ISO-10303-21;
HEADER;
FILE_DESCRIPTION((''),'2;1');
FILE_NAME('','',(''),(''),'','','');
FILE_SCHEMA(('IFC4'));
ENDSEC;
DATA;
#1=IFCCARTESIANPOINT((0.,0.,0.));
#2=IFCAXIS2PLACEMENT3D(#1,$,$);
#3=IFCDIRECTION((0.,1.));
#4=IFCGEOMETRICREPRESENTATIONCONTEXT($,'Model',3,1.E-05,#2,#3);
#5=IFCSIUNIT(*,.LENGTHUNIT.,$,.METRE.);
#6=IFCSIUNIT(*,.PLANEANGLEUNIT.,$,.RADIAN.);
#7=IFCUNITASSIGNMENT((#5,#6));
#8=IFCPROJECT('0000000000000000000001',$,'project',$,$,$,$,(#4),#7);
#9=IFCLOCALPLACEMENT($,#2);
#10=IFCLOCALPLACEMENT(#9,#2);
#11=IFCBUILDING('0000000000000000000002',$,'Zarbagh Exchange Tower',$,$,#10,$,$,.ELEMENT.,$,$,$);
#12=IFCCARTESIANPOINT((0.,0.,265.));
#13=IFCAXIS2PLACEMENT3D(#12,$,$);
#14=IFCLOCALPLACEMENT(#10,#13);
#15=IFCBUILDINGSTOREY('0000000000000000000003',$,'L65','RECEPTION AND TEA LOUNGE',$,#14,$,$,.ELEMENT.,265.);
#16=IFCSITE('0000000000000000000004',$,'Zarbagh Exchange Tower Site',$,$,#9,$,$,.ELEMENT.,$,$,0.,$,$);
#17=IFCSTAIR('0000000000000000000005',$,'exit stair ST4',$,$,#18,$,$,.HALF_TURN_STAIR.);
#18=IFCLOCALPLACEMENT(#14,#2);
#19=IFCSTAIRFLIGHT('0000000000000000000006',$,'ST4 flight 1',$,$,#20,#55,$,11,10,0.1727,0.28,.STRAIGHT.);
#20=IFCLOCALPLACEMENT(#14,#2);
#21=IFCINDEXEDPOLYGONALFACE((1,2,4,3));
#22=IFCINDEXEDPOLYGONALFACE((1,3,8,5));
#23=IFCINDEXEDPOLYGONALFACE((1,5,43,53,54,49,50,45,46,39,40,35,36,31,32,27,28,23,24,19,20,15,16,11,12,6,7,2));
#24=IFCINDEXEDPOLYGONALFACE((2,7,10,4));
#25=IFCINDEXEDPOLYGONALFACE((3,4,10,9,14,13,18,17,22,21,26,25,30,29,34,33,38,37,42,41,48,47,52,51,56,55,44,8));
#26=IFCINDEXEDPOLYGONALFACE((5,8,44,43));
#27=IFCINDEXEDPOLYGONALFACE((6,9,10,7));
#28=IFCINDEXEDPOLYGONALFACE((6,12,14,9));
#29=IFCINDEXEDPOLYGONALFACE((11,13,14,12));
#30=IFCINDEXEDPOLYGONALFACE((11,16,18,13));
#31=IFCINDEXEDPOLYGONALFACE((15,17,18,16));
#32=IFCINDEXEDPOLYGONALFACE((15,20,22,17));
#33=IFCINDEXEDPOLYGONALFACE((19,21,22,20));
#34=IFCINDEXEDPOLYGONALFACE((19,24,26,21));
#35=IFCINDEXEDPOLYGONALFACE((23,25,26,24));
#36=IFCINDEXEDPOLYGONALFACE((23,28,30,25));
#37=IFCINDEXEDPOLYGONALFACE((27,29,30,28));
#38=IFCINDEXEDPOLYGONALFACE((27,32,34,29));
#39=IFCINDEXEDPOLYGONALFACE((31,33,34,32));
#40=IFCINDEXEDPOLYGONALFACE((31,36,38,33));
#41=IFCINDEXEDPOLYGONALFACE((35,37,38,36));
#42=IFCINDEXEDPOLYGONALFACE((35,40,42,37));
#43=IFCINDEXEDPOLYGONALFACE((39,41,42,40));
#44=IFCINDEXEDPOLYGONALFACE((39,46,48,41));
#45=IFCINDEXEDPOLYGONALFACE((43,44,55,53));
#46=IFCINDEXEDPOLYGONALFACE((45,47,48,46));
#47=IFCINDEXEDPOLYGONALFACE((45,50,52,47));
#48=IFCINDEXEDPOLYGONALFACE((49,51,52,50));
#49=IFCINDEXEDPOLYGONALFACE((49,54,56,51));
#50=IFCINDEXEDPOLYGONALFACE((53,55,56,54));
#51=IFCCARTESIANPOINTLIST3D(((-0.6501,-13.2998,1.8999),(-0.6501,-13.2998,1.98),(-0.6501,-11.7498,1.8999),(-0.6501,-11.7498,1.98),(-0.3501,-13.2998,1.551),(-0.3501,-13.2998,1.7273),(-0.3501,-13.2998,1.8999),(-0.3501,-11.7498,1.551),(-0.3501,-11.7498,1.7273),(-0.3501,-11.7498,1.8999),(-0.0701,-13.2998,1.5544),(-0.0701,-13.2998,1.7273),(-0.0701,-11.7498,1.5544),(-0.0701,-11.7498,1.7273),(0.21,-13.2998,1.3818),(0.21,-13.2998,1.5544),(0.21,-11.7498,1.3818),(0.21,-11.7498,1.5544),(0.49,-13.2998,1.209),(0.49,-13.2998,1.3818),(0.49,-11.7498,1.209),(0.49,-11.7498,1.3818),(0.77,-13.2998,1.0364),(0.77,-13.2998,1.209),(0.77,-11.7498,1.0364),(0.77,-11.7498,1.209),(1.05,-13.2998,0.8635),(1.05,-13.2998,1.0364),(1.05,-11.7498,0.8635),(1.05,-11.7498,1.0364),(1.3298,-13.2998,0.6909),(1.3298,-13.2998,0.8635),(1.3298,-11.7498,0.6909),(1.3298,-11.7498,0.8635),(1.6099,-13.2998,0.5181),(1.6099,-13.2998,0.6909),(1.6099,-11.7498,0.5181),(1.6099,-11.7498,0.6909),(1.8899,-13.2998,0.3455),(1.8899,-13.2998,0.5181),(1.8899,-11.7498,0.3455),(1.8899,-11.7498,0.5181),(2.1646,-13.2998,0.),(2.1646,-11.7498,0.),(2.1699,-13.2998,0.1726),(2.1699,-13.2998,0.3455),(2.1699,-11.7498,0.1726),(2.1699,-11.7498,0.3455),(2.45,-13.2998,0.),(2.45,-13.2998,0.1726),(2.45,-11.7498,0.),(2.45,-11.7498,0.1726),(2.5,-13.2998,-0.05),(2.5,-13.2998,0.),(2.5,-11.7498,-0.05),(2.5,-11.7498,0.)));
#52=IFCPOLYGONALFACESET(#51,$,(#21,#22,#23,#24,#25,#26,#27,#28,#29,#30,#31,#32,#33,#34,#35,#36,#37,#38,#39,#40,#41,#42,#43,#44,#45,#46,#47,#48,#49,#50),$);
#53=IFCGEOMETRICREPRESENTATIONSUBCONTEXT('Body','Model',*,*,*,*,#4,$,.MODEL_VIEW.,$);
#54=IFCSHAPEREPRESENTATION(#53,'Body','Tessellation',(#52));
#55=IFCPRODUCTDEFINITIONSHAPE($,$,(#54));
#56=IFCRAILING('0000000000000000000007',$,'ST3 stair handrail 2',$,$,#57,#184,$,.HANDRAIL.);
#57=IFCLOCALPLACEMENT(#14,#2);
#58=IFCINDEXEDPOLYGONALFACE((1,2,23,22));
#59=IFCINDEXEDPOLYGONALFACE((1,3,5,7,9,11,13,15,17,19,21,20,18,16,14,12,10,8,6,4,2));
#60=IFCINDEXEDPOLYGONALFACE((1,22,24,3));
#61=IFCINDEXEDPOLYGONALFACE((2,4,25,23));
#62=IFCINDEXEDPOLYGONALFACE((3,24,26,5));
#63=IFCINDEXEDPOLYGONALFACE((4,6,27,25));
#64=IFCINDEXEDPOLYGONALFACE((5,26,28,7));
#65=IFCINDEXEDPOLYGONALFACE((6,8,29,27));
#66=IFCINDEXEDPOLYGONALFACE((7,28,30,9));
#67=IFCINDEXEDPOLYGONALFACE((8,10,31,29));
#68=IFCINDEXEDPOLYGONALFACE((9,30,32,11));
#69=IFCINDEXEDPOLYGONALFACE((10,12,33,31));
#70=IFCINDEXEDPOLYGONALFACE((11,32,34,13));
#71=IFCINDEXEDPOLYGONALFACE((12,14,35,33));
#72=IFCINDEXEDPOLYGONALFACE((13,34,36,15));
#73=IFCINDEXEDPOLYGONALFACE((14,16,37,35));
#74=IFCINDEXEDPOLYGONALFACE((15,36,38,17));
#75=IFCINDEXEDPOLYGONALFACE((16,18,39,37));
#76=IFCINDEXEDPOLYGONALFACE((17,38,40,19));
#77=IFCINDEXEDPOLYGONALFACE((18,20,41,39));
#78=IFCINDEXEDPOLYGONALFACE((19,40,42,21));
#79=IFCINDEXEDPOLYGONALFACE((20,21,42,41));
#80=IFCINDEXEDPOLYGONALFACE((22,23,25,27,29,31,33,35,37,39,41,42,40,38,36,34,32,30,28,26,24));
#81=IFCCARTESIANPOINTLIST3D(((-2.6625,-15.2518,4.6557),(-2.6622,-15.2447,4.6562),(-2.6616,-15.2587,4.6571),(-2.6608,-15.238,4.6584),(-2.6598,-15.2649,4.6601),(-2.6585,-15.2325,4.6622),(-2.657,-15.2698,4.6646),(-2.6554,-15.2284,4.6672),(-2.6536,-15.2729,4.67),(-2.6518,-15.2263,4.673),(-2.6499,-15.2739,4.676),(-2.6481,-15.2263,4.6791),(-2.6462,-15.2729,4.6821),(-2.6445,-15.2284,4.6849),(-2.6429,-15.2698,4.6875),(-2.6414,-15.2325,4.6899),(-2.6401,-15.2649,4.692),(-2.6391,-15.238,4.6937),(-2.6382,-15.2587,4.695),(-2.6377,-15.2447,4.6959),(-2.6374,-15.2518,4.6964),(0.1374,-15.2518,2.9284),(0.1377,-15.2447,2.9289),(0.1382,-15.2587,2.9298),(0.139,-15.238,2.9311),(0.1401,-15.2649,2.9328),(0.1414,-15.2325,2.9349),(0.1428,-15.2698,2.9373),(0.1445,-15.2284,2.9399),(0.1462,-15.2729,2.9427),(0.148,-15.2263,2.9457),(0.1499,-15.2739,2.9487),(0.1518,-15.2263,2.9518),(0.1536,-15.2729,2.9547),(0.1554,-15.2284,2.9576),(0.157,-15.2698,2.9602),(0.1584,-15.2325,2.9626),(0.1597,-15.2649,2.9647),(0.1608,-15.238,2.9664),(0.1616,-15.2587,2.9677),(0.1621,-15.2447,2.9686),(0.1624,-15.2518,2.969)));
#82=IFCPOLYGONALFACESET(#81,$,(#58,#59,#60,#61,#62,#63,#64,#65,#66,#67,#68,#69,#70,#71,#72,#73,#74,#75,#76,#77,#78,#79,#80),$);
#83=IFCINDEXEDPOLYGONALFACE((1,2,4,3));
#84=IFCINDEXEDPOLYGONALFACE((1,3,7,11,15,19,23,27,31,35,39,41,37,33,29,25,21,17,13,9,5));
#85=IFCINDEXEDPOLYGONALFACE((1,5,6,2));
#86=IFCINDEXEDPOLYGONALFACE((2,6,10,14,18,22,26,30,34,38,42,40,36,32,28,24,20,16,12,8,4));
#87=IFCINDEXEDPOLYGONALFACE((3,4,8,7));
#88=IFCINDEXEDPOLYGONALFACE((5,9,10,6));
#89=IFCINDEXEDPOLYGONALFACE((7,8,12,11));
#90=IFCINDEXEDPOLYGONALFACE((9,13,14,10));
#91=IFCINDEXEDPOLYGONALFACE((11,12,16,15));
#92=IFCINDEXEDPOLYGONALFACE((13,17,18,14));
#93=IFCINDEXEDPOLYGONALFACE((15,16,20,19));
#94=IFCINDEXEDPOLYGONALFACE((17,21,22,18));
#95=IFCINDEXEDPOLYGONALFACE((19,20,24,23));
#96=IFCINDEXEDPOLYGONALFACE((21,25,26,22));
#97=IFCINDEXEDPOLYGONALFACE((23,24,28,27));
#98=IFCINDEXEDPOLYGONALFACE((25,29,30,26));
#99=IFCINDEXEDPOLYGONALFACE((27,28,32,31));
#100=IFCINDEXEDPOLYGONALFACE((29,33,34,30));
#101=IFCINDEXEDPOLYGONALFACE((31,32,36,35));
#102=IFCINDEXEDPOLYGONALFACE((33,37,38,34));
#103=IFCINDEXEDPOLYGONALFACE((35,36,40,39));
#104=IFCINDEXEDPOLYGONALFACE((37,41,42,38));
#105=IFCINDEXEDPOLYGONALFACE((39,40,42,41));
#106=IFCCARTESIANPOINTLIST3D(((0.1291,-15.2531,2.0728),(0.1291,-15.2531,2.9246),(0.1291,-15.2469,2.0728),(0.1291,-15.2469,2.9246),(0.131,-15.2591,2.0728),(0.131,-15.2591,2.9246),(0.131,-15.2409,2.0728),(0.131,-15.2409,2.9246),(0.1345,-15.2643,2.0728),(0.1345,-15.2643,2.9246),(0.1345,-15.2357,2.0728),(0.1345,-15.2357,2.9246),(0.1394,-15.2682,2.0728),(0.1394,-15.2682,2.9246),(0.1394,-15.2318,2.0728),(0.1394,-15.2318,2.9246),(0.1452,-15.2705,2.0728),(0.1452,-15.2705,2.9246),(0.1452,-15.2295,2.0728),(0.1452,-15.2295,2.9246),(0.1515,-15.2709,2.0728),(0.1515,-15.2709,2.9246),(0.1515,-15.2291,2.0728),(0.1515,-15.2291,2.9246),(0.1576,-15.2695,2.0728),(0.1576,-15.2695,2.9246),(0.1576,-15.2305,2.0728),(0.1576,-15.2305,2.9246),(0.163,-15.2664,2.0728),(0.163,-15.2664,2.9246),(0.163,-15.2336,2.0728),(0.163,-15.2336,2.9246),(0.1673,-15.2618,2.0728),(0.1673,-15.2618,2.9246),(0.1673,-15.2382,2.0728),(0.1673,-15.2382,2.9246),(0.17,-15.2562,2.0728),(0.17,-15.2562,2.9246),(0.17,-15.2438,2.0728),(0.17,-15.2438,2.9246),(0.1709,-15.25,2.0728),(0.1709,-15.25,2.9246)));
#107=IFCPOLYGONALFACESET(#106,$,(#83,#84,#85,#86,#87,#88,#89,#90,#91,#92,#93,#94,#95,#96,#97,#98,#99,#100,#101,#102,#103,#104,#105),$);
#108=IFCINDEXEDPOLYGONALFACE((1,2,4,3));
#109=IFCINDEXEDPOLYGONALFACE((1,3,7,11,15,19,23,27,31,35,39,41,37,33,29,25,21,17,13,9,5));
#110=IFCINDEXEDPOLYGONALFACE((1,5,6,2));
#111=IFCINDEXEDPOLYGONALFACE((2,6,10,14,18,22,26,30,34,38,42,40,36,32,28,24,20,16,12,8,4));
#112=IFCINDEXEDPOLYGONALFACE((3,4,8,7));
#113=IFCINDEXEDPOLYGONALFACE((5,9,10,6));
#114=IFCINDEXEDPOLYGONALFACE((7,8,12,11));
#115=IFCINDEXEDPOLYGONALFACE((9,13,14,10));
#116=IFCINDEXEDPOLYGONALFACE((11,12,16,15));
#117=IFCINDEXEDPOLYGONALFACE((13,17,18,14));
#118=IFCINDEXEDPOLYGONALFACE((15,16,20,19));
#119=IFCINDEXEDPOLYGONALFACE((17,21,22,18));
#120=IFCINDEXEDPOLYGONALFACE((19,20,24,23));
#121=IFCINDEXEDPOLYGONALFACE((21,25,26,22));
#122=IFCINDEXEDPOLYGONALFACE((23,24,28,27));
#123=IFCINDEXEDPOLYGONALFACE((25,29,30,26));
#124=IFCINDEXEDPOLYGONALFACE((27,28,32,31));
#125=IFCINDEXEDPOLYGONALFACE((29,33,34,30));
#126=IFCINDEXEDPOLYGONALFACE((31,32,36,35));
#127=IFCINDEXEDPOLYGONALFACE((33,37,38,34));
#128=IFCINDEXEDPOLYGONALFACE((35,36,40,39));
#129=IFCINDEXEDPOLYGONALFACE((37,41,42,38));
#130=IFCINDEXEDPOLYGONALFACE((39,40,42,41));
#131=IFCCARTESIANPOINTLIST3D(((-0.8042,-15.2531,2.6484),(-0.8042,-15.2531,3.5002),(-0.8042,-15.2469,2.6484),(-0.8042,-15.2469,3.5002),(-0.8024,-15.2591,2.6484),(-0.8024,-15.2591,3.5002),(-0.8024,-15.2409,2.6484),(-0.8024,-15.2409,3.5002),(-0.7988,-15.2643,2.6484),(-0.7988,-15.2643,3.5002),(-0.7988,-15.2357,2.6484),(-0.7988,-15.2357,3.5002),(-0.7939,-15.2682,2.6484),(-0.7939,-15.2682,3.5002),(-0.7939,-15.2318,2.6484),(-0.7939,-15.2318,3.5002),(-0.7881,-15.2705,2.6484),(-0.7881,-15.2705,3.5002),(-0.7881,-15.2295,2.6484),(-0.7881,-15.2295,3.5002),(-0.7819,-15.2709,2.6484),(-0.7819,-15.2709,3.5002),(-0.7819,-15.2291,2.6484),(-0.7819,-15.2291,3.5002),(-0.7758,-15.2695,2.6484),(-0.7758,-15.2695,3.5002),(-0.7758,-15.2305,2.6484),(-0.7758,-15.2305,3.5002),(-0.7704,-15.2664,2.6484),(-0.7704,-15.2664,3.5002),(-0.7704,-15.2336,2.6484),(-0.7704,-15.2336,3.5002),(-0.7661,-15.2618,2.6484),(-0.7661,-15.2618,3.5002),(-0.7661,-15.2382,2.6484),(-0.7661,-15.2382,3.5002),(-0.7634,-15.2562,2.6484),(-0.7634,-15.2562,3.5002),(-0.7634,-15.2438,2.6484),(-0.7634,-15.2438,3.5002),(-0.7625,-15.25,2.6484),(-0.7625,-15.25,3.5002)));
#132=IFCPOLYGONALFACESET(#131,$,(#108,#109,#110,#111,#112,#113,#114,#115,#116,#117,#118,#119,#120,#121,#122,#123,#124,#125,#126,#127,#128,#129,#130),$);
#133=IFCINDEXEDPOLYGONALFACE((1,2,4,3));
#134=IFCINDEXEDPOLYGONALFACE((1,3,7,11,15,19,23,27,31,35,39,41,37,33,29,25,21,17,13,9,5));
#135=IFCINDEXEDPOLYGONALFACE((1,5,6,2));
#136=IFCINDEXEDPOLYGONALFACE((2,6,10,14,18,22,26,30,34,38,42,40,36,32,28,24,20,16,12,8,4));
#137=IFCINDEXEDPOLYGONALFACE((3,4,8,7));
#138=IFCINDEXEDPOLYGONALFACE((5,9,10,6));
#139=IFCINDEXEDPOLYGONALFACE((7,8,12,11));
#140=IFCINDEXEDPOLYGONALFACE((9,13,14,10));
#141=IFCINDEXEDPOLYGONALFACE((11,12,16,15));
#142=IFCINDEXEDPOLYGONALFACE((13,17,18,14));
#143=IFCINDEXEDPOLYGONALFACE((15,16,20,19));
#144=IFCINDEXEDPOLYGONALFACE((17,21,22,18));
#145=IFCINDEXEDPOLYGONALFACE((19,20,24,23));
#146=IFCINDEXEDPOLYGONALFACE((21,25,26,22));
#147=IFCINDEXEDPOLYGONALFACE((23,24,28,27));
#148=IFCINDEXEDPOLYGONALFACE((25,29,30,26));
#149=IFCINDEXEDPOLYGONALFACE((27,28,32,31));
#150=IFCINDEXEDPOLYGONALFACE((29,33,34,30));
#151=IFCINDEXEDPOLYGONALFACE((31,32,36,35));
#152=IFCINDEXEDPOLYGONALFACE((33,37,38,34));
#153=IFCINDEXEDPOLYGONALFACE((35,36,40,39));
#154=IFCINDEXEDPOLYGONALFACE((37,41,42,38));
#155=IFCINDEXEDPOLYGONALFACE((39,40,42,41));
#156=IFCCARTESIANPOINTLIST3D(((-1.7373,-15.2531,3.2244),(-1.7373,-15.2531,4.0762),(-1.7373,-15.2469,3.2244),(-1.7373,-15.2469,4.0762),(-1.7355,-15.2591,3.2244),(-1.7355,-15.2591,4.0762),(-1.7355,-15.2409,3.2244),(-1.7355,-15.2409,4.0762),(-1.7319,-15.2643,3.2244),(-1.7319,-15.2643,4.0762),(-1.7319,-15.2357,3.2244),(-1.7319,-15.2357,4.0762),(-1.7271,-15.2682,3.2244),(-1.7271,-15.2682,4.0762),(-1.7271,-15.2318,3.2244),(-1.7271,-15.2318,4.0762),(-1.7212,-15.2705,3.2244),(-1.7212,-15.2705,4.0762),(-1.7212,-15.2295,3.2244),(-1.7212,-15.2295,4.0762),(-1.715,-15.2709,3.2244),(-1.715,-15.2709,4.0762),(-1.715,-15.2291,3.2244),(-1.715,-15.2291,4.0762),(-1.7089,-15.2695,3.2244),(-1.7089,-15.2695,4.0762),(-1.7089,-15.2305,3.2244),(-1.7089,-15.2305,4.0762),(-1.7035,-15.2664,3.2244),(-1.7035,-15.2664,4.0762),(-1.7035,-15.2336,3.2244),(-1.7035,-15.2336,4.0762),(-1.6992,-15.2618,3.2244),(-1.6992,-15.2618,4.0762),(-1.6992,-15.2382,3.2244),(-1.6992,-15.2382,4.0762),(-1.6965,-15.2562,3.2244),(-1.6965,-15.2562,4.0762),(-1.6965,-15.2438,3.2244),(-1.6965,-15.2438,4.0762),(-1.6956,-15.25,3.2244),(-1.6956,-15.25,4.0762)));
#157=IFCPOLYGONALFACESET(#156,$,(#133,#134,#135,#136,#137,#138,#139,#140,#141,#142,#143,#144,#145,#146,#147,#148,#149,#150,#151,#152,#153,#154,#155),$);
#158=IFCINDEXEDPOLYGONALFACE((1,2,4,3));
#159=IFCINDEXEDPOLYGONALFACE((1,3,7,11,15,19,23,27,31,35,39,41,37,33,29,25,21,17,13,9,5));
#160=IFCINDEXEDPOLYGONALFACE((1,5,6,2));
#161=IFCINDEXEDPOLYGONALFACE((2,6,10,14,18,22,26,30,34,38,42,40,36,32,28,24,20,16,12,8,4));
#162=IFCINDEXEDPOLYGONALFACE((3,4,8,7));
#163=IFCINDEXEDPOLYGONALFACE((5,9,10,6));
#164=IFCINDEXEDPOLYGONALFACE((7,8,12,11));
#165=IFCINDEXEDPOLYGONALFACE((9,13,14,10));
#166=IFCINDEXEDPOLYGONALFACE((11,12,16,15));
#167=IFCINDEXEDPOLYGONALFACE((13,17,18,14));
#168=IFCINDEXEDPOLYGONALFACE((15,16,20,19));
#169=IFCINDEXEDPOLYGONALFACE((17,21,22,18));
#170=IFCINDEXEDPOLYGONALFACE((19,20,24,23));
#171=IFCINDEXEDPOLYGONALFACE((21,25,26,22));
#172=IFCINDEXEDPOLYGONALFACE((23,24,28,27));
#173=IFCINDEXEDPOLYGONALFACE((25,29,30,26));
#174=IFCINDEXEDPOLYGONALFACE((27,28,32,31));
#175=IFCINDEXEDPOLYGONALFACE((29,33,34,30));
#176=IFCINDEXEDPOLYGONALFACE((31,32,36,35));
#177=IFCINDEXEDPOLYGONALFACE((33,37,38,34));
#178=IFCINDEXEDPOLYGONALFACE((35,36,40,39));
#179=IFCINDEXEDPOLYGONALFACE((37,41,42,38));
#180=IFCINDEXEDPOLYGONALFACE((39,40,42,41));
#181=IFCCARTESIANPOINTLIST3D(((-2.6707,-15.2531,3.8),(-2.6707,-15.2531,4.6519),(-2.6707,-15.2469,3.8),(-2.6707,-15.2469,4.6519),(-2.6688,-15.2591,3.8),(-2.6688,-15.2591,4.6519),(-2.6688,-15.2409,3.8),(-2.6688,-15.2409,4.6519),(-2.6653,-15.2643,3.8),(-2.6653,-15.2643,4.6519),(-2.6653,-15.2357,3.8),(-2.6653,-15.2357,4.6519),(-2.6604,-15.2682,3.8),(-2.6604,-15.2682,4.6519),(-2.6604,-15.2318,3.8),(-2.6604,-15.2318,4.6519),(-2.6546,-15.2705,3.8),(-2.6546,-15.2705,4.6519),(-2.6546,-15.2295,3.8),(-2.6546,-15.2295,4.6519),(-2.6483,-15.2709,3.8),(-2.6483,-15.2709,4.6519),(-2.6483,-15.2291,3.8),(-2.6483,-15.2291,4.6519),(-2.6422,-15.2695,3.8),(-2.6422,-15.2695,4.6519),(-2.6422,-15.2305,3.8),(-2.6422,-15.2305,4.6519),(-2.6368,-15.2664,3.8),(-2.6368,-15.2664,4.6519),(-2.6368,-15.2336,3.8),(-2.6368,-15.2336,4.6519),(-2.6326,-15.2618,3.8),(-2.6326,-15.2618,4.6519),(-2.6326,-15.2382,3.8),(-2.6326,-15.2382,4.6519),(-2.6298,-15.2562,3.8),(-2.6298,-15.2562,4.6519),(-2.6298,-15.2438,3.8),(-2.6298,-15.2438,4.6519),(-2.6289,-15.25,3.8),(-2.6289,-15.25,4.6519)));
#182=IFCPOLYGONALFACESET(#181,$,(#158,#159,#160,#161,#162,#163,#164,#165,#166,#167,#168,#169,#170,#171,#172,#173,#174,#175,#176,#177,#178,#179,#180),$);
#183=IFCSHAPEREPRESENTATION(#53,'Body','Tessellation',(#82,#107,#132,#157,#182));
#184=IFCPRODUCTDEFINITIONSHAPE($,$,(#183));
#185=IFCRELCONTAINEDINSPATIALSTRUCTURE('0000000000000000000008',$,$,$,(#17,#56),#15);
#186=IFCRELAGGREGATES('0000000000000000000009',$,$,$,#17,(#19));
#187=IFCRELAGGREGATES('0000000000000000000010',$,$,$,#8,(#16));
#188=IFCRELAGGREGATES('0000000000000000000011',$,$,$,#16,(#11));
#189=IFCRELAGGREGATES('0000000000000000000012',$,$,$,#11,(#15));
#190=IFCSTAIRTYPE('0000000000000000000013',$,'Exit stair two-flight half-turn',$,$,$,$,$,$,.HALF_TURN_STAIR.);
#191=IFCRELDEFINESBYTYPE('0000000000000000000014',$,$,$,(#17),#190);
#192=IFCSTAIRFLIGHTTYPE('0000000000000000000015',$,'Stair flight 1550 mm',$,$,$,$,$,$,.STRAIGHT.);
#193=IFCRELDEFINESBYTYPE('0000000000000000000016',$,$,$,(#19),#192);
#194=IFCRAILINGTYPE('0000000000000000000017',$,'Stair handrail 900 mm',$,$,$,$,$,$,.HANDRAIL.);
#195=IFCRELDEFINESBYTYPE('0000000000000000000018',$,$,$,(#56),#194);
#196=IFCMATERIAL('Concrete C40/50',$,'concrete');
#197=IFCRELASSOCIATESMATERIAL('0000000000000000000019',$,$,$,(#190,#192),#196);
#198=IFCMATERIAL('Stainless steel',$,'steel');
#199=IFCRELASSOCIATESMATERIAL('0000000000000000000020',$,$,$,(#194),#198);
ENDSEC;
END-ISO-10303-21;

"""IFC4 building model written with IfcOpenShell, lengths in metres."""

from ifc_helpers import new_model, si_unit, direction, frame, origin, origin_2d, place, context, subcontext, project, spatial, polyline, circle, outline, extrude, material, type_object, element, aggregate, save


model = new_model("IFC4")

# Units and contexts
model_context = context("Model", 3, precision=1e-05, world=origin(), true_north=direction((0.0, 1.0)))
body_context = subcontext(model_context, "Body", "Model", "MODEL_VIEW")
ifc_project = project(units=[si_unit("LENGTHUNIT", "METRE"), si_unit("PLANEANGLEUNIT", "RADIAN")], contexts=[model_context])

# Site, building, storey
site_placement = place(None, origin())
site = spatial("IfcSite", under=ifc_project, at=site_placement, Name="Zarbagh Exchange Tower Site", CompositionType="ELEMENT", RefElevation=0.0)
building_placement = place(site_placement, origin())
building = spatial("IfcBuilding", under=site, at=building_placement, Name="Zarbagh Exchange Tower", CompositionType="ELEMENT")
storey_placement = place(building_placement, frame((0.0, 0.0, 265.0)))
storey = spatial("IfcBuildingStorey", under=building, at=storey_placement, Name="L65", Description="RECEPTION AND TEA LOUNGE", CompositionType="ELEMENT", Elevation=265.0)

# Shared definitions
ifc_material_1 = material(Name="Stainless steel", Category="steel")

# Stair, stair flight
ifc_material_2 = material(Name="Concrete C40/50", Category="concrete")
stair_type = type_object("IfcStairType", Name="Exit stair two-flight half-turn", PredefinedType="HALF_TURN_STAIR", material=ifc_material_2)
stair_1_placement = place(storey_placement, origin())
stair_1 = element("IfcStair", 1, at=stair_1_placement, inside=storey, type_object=stair_type, Name="exit stair ST4", PredefinedType="HALF_TURN_STAIR")
stair_flight_type_1 = type_object("IfcStairFlightType", Name="Stair flight 1550 mm", PredefinedType="STRAIGHT", material=ifc_material_2)
stair_flight_1_placement = place(storey_placement, frame((2.45, -12.5249, 0.0), z_axis=(0.0, 0.0, 1.0), x_axis=(-1.0, 0.0, 0.0)))
stair_flight_1 = element("IfcStairFlight", 2, at=stair_flight_1_placement, type_object=stair_flight_type_1, Name="ST4 flight 1", NumberOfRisers=11, NumberOfTreads=10, PredefinedType="STRAIGHT", RiserHeight=0.1727, TreadLength=0.28, context=body_context, shape_type="SweptSolid", body=[
    extrude(outline(polyline([(-0.05, -0.05), (-0.05, 0.0), (0.0, 0.0), (0.0, 0.1726), (0.28, 0.1726), (0.28, 0.3455), (0.5601, 0.3455), (0.5601, 0.5181), (0.8401, 0.5181), (0.8401, 0.6909), (1.1201, 0.6909), (1.1201, 0.8635), (1.3999, 0.8635), (1.3999, 1.0364), (1.6799, 1.0364), (1.6799, 1.209), (1.96, 1.209), (1.96, 1.3818), (2.24, 1.3818), (2.24, 1.5544), (2.52, 1.5544), (2.52, 1.7273), (2.8, 1.7273), (2.8, 1.8999), (3.1001, 1.98), (3.1001, 1.8999), (2.8, 1.551), (0.2854, 0.0), (-0.05, -0.05)])), frame((0.0, 0.7749, 0.0), z_axis=(0.0, -1.0, 0.0), x_axis=(1.0, 0.0, 0.0)), (0.0, 0.0, 1.0), 1.55),
])
aggregate(stair_1, [stair_flight_1])

# Railing
railing_type = type_object("IfcRailingType", Name="Stair handrail 900 mm", PredefinedType="HANDRAIL", material=ifc_material_1)
railing_placement = place(storey_placement, frame((0.1499, -15.25, 2.0728)))
element("IfcRailing", 3, at=railing_placement, inside=storey, type_object=railing_type, Name="ST3 stair handrail 2", PredefinedType="HANDRAIL", context=body_context, shape_type="SweptSolid", body=[
    extrude(circle(Radius=0.0239, at=origin_2d()), frame((0.0, 0.0, 0.876), z_axis=(-0.851069, 0.0, 0.525054), x_axis=(0.0, -1.0, 0.0)), (0.0, 0.0, 1.0), 3.2898),
    extrude(circle(Radius=0.021, at=origin_2d()), origin(), (0.0, 0.0, 1.0), 0.8518),
    extrude(circle(Radius=0.021, at=origin_2d()), frame((-0.9333, 0.0, 0.5757)), (0.0, 0.0, 1.0), 0.8518),
    extrude(circle(Radius=0.021, at=origin_2d()), frame((-1.8665, 0.0, 1.1516)), (0.0, 0.0, 1.0), 0.8518),
    extrude(circle(Radius=0.021, at=origin_2d()), frame((-2.7998, 0.0, 1.7273)), (0.0, 0.0, 1.0), 0.8518),
])

save(model, "model.ifc")
